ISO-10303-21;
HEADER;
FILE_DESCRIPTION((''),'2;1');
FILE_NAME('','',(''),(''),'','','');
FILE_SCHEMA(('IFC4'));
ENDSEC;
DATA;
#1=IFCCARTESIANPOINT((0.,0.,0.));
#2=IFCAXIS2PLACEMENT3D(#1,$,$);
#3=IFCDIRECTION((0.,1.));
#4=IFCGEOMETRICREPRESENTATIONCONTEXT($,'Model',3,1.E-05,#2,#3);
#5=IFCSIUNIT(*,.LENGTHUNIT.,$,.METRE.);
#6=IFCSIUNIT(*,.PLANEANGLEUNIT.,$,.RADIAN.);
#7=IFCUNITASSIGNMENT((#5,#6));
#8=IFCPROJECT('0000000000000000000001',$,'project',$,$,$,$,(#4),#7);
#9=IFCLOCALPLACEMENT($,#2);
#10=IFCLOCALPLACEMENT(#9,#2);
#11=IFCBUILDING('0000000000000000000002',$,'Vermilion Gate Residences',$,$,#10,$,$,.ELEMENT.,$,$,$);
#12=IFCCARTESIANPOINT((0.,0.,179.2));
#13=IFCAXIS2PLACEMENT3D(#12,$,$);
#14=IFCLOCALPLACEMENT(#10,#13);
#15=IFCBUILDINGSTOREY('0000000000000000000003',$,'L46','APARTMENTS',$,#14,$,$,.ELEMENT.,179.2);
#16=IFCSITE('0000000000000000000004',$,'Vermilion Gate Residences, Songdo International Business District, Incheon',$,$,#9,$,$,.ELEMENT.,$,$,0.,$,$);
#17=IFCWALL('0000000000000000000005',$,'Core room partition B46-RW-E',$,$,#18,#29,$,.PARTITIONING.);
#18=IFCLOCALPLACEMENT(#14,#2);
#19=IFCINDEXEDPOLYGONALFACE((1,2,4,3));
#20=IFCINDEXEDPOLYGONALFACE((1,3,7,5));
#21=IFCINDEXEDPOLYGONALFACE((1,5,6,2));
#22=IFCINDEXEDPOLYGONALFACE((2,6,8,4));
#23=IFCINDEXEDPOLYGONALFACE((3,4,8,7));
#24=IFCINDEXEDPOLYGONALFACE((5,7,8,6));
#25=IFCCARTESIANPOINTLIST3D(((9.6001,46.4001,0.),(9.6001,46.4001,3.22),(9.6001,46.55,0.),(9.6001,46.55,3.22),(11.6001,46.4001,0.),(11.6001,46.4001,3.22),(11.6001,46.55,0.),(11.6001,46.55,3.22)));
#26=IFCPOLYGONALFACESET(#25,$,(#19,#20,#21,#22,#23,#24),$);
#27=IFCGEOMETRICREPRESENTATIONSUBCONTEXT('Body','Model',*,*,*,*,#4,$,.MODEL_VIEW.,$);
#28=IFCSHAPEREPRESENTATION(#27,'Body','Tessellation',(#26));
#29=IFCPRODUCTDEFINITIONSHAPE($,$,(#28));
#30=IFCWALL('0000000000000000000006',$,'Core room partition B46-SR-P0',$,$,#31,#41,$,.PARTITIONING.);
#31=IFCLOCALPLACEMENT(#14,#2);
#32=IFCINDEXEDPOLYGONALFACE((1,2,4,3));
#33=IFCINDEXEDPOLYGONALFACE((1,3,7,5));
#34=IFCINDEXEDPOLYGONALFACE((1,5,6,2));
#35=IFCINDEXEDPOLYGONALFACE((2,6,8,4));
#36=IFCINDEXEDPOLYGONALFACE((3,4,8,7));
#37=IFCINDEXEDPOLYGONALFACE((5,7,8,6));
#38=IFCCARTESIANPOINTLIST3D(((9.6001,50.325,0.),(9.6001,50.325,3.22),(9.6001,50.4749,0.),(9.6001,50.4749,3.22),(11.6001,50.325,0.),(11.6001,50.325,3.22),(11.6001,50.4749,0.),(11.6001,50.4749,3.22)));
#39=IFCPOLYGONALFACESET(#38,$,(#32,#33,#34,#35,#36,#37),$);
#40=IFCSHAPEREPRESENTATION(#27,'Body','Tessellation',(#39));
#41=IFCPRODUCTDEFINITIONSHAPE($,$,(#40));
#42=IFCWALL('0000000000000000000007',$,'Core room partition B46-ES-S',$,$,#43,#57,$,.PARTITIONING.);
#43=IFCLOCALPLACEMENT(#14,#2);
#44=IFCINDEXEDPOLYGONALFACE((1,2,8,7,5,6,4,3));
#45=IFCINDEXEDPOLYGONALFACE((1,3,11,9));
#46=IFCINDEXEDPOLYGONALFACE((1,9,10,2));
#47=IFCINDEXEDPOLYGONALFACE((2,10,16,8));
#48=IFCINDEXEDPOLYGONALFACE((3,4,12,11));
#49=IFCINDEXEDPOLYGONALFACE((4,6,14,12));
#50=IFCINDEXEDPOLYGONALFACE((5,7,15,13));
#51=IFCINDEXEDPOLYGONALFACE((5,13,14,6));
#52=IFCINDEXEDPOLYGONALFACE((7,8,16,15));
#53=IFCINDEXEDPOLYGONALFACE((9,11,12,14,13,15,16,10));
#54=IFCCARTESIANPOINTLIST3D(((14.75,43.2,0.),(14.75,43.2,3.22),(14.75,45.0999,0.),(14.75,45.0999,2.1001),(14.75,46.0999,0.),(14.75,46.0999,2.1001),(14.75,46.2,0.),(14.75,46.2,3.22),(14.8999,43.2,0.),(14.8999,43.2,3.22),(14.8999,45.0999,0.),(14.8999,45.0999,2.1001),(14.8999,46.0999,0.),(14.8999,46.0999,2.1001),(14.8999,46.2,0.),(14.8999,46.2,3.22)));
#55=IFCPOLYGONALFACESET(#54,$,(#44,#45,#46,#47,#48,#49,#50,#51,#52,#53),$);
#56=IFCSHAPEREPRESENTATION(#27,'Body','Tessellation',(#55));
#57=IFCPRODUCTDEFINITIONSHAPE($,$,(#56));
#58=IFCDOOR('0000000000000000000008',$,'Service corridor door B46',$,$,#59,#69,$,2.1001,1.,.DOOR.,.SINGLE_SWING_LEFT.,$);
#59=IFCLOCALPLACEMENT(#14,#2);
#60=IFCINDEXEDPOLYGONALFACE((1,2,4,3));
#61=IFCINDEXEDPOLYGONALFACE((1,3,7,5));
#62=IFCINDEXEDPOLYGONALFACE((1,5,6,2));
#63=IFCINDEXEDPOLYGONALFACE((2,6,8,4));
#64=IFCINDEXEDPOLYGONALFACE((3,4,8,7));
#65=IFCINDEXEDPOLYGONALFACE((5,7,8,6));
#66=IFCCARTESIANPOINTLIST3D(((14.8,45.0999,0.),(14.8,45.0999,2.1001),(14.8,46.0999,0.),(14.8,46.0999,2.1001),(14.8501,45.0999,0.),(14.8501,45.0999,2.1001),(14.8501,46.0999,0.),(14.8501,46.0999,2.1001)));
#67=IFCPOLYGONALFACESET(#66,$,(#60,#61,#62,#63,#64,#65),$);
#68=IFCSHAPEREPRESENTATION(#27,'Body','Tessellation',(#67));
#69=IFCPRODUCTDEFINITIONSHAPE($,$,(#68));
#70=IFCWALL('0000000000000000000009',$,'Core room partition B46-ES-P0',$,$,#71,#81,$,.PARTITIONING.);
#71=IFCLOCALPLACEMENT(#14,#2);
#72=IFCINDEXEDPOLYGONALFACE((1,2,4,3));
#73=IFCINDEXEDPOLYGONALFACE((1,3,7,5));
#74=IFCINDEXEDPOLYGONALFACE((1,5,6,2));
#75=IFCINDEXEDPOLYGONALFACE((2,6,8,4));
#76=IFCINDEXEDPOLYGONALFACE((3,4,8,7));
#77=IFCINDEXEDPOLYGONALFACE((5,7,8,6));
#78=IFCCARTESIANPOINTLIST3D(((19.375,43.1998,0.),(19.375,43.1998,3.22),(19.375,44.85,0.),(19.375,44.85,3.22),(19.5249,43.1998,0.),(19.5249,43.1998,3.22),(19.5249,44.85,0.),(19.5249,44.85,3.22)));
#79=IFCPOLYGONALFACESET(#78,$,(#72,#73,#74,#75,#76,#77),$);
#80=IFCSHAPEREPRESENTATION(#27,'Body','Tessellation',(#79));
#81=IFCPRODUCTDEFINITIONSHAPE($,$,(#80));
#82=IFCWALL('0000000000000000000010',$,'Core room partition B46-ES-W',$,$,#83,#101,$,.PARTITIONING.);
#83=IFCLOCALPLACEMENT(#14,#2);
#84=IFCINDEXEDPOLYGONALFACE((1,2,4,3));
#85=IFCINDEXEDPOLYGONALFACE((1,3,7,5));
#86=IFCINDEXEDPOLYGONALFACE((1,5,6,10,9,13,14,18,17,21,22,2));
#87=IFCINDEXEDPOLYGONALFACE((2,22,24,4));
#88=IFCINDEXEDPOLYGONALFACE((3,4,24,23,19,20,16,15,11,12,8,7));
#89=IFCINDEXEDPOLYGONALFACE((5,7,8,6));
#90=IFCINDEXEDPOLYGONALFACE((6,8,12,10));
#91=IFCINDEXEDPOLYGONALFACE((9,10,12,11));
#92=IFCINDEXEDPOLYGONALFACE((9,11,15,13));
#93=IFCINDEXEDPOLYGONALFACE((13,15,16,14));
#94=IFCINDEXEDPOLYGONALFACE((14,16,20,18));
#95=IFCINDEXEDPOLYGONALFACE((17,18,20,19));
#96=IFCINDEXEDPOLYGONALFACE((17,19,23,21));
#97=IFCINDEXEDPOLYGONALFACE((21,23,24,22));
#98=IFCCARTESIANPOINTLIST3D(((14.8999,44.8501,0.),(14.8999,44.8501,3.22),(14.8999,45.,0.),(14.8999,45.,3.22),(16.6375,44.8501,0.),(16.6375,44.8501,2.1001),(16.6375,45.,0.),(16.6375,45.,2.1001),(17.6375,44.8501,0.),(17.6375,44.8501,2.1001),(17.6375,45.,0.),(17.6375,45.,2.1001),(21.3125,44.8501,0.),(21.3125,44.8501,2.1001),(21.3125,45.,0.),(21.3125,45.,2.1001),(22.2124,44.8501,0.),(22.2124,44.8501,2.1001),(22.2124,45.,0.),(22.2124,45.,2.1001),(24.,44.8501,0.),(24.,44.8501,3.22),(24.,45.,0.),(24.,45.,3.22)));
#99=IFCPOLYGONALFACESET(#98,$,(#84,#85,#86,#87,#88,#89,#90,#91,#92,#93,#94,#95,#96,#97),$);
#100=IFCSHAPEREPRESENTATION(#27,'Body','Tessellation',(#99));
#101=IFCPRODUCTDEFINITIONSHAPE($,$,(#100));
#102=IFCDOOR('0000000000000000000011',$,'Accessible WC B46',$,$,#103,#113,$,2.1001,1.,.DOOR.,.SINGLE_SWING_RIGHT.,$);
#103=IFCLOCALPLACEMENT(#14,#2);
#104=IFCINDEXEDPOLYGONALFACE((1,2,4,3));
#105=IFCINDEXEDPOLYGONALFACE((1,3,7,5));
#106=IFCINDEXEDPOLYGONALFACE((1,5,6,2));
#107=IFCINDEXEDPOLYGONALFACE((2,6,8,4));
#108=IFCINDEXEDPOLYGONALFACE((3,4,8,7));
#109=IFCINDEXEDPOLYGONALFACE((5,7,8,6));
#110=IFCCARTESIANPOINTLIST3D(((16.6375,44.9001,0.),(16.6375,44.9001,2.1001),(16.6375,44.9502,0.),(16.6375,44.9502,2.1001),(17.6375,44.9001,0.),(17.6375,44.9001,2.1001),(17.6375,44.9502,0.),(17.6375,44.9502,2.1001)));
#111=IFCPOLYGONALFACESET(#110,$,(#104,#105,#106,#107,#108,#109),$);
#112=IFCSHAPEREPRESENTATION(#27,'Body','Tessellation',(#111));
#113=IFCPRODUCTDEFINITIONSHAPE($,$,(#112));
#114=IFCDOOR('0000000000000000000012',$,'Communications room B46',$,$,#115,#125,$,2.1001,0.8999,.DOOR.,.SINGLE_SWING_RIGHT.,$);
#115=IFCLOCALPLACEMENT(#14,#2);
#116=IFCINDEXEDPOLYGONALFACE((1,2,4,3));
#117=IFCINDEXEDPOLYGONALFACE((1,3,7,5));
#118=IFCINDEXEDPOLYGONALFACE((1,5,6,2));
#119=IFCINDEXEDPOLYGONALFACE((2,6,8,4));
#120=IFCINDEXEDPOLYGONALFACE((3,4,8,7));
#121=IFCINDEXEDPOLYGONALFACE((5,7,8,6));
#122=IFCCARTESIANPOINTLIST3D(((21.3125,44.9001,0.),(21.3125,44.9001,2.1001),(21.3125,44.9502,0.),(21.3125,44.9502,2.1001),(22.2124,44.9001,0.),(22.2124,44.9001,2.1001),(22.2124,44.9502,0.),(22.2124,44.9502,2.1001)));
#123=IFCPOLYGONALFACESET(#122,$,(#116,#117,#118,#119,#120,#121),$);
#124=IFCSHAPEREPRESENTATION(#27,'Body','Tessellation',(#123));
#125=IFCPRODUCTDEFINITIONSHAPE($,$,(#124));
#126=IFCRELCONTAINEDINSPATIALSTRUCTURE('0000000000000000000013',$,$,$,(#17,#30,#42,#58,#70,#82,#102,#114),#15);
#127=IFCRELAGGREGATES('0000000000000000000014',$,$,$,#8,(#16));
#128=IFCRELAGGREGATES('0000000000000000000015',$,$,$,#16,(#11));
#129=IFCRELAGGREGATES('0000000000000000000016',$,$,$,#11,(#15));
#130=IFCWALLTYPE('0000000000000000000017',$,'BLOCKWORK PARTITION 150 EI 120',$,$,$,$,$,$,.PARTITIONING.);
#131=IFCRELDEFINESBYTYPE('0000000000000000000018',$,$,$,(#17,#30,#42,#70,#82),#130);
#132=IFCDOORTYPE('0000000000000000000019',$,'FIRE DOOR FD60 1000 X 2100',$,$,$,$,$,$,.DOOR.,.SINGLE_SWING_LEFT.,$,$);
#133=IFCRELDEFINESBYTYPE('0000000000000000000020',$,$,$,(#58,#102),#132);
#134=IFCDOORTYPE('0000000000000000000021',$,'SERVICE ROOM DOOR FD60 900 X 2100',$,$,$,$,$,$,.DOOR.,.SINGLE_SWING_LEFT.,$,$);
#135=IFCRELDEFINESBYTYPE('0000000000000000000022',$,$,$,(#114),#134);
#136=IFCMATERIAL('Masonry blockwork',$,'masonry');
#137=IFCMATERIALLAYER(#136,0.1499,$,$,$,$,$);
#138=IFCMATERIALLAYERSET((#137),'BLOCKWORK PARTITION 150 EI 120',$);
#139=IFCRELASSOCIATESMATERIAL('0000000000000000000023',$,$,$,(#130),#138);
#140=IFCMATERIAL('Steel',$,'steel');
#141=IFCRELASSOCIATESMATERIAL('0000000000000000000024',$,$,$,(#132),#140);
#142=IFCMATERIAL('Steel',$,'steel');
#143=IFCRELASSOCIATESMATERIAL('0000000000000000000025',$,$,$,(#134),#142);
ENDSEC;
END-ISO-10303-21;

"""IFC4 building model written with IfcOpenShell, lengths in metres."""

from ifc_helpers import new_model, si_unit, direction, frame, frame_2d, origin, place, context, subcontext, project, spatial, rectangle, extrude, material, layer, layer_set, type_object, element, fill, save


model = new_model("IFC4")

# Units and contexts
model_context = context("Model", 3, precision=1e-05, world=origin(), true_north=direction((0.0, 1.0)))
body_context = subcontext(model_context, "Body", "Model", "MODEL_VIEW")
ifc_project = project(units=[si_unit("LENGTHUNIT", "METRE"), si_unit("PLANEANGLEUNIT", "RADIAN")], contexts=[model_context])

# Site, building, storey
site_placement = place(None, origin())
site = spatial("IfcSite", under=ifc_project, at=site_placement, Name="Vermilion Gate Residences, Songdo International Business District, Incheon", CompositionType="ELEMENT", RefElevation=0.0)
building_placement = place(site_placement, origin())
building = spatial("IfcBuilding", under=site, at=building_placement, Name="Vermilion Gate Residences", CompositionType="ELEMENT")
storey_placement = place(building_placement, frame((0.0, 0.0, 179.2)))
storey = spatial("IfcBuildingStorey", under=building, at=storey_placement, Name="L46", Description="APARTMENTS", CompositionType="ELEMENT", Elevation=179.2)

# Walls
ifc_material_1 = material(Name="Masonry blockwork", Category="masonry")
ifc_layer_1 = layer(ifc_material_1, 0.1499)
ifc_layer_set_1 = layer_set([ifc_layer_1], Name="BLOCKWORK PARTITION 150 EI 120")
wall_type_1 = type_object("IfcWallType", Name="BLOCKWORK PARTITION 150 EI 120", PredefinedType="PARTITIONING", material=ifc_layer_set_1)
for number, where, z_axis, x_axis, name in (
    (1, (9.6001, 46.4751, 0.0), (0.0, 0.0, 1.0), (1.0, 0.0, 0.0), "Core room partition B46-RW-E"),
    (2, (9.6001, 50.3999, 0.0), (0.0, 0.0, 1.0), (1.0, 0.0, 0.0), "Core room partition B46-SR-P0"),
):
    element("IfcWall", number, at=place(storey_placement, frame(where, z_axis=z_axis, x_axis=x_axis)), inside=storey, type_object=wall_type_1, Name=name, PredefinedType="PARTITIONING", context=body_context, shape_type="SweptSolid", body=[
        extrude(rectangle(XDim=2.0, YDim=0.1499, at=frame_2d((1.0, 0.0))), origin(), (0.0, 0.0, 1.0), 3.22),
    ])

# Wall, opening, door
wall_1_placement = place(storey_placement, frame((14.825, 46.2, 0.0), z_axis=(0.0, 0.0, 1.0), x_axis=(0.0, -1.0, 0.0)))
wall_1 = element("IfcWall", 3, at=wall_1_placement, inside=storey, type_object=wall_type_1, Name="Core room partition B46-ES-S", PredefinedType="PARTITIONING", context=body_context, shape_type="SweptSolid", body=[
    extrude(rectangle(XDim=3.0, YDim=0.1499, at=frame_2d((1.5, 0.0))), origin(), (0.0, 0.0, 1.0), 3.22),
])
opening_1_placement = place(wall_1_placement, frame((0.1001, 0.0, 0.0)))
opening_1 = element("IfcOpeningElement", 4, at=opening_1_placement, cuts=wall_1, PredefinedType="OPENING", context=body_context, shape_type="SweptSolid", body=[
    extrude(rectangle(XDim=1.0, YDim=2.1001, at=frame_2d((0.5, 1.05))), frame((0.0, 0.085, 0.0), z_axis=(0.0, -1.0, 0.0), x_axis=(1.0, 0.0, 0.0)), (0.0, 0.0, 1.0), 0.1699),
])
ifc_material_2 = material(Name="Steel", Category="steel")
door_type_1 = type_object("IfcDoorType", Name="FIRE DOOR FD60 1000 X 2100", OperationType="SINGLE_SWING_LEFT", PredefinedType="DOOR", material=ifc_material_2)
door_1_placement = place(opening_1_placement, frame((1.0, 0.0, 0.0), z_axis=(0.0, 0.0, 1.0), x_axis=(-1.0, 0.0, 0.0)))
door_1 = element("IfcDoor", 5, at=door_1_placement, inside=storey, type_object=door_type_1, Name="Service corridor door B46", OperationType="SINGLE_SWING_LEFT", OverallHeight=2.1001, OverallWidth=1.0, PredefinedType="DOOR", context=body_context, shape_type="SweptSolid", body=[
    extrude(rectangle(XDim=1.0, YDim=2.1001, at=frame_2d((0.5, 1.05))), frame((0.0, 0.0249, 0.0), z_axis=(0.0, -1.0, 0.0), x_axis=(1.0, 0.0, 0.0)), (0.0, 0.0, 1.0), 0.05),
])
fill(opening_1, door_1)

# Wall
wall_2_placement = place(storey_placement, frame((19.45, 44.8501, 0.0), z_axis=(0.0, 0.0, 1.0), x_axis=(0.0, -1.0, 0.0)))
element("IfcWall", 6, at=wall_2_placement, inside=storey, type_object=wall_type_1, Name="Core room partition B46-ES-P0", PredefinedType="PARTITIONING", context=body_context, shape_type="SweptSolid", body=[
    extrude(rectangle(XDim=1.6501, YDim=0.1499, at=frame_2d((0.8252, 0.0))), origin(), (0.0, 0.0, 1.0), 3.22),
])

# Wall, openings, doors
wall_3_placement = place(storey_placement, frame((14.8999, 44.925, 0.0), z_axis=(0.0, 0.0, 1.0), x_axis=(1.0, 0.0, 0.0)))
wall_3 = element("IfcWall", 7, at=wall_3_placement, inside=storey, type_object=wall_type_1, Name="Core room partition B46-ES-W", PredefinedType="PARTITIONING", context=body_context, shape_type="SweptSolid", body=[
    extrude(rectangle(XDim=9.1001, YDim=0.1499, at=frame_2d((4.55, 0.0))), origin(), (0.0, 0.0, 1.0), 3.22),
])
opening_2_placement = place(wall_3_placement, frame((1.7375, 0.0, 0.0)))
opening_2 = element("IfcOpeningElement", 8, at=opening_2_placement, cuts=wall_3, PredefinedType="OPENING", context=body_context, shape_type="SweptSolid", body=[
    extrude(rectangle(XDim=1.0, YDim=2.1001, at=frame_2d((0.5, 1.05))), frame((0.0, 0.085, 0.0), z_axis=(0.0, -1.0, 0.0), x_axis=(1.0, 0.0, 0.0)), (0.0, 0.0, 1.0), 0.1699),
])
opening_3_placement = place(wall_3_placement, frame((6.4126, 0.0, 0.0)))
opening_3 = element("IfcOpeningElement", 9, at=opening_3_placement, cuts=wall_3, PredefinedType="OPENING", context=body_context, shape_type="SweptSolid", body=[
    extrude(rectangle(XDim=0.8999, YDim=2.1001, at=frame_2d((0.45, 1.05))), frame((0.0, 0.085, 0.0), z_axis=(0.0, -1.0, 0.0), x_axis=(1.0, 0.0, 0.0)), (0.0, 0.0, 1.0), 0.1699),
])
door_2_placement = place(opening_2_placement, frame((1.0, 0.0, 0.0), z_axis=(0.0, 0.0, 1.0), x_axis=(-1.0, 0.0, 0.0)))
door_2 = element("IfcDoor", 10, at=door_2_placement, inside=storey, type_object=door_type_1, Name="Accessible WC B46", OperationType="SINGLE_SWING_RIGHT", OverallHeight=2.1001, OverallWidth=1.0, PredefinedType="DOOR", context=body_context, shape_type="SweptSolid", body=[
    extrude(rectangle(XDim=1.0, YDim=2.1001, at=frame_2d((0.5, 1.05))), frame((0.0, 0.0249, 0.0), z_axis=(0.0, -1.0, 0.0), x_axis=(1.0, 0.0, 0.0)), (0.0, 0.0, 1.0), 0.05),
])
fill(opening_2, door_2)
ifc_material_3 = material(Name="Steel", Category="steel")
door_type_2 = type_object("IfcDoorType", Name="SERVICE ROOM DOOR FD60 900 X 2100", OperationType="SINGLE_SWING_LEFT", PredefinedType="DOOR", material=ifc_material_3)
door_3_placement = place(opening_3_placement, frame((0.8999, 0.0, 0.0), z_axis=(0.0, 0.0, 1.0), x_axis=(-1.0, 0.0, 0.0)))
door_3 = element("IfcDoor", 11, at=door_3_placement, inside=storey, type_object=door_type_2, Name="Communications room B46", OperationType="SINGLE_SWING_RIGHT", OverallHeight=2.1001, OverallWidth=0.8999, PredefinedType="DOOR", context=body_context, shape_type="SweptSolid", body=[
    extrude(rectangle(XDim=0.8999, YDim=2.1001, at=frame_2d((0.45, 1.05))), frame((0.0, 0.0249, 0.0), z_axis=(0.0, -1.0, 0.0), x_axis=(1.0, 0.0, 0.0)), (0.0, 0.0, 1.0), 0.05),
])
fill(opening_3, door_3)

save(model, "model.ifc")
